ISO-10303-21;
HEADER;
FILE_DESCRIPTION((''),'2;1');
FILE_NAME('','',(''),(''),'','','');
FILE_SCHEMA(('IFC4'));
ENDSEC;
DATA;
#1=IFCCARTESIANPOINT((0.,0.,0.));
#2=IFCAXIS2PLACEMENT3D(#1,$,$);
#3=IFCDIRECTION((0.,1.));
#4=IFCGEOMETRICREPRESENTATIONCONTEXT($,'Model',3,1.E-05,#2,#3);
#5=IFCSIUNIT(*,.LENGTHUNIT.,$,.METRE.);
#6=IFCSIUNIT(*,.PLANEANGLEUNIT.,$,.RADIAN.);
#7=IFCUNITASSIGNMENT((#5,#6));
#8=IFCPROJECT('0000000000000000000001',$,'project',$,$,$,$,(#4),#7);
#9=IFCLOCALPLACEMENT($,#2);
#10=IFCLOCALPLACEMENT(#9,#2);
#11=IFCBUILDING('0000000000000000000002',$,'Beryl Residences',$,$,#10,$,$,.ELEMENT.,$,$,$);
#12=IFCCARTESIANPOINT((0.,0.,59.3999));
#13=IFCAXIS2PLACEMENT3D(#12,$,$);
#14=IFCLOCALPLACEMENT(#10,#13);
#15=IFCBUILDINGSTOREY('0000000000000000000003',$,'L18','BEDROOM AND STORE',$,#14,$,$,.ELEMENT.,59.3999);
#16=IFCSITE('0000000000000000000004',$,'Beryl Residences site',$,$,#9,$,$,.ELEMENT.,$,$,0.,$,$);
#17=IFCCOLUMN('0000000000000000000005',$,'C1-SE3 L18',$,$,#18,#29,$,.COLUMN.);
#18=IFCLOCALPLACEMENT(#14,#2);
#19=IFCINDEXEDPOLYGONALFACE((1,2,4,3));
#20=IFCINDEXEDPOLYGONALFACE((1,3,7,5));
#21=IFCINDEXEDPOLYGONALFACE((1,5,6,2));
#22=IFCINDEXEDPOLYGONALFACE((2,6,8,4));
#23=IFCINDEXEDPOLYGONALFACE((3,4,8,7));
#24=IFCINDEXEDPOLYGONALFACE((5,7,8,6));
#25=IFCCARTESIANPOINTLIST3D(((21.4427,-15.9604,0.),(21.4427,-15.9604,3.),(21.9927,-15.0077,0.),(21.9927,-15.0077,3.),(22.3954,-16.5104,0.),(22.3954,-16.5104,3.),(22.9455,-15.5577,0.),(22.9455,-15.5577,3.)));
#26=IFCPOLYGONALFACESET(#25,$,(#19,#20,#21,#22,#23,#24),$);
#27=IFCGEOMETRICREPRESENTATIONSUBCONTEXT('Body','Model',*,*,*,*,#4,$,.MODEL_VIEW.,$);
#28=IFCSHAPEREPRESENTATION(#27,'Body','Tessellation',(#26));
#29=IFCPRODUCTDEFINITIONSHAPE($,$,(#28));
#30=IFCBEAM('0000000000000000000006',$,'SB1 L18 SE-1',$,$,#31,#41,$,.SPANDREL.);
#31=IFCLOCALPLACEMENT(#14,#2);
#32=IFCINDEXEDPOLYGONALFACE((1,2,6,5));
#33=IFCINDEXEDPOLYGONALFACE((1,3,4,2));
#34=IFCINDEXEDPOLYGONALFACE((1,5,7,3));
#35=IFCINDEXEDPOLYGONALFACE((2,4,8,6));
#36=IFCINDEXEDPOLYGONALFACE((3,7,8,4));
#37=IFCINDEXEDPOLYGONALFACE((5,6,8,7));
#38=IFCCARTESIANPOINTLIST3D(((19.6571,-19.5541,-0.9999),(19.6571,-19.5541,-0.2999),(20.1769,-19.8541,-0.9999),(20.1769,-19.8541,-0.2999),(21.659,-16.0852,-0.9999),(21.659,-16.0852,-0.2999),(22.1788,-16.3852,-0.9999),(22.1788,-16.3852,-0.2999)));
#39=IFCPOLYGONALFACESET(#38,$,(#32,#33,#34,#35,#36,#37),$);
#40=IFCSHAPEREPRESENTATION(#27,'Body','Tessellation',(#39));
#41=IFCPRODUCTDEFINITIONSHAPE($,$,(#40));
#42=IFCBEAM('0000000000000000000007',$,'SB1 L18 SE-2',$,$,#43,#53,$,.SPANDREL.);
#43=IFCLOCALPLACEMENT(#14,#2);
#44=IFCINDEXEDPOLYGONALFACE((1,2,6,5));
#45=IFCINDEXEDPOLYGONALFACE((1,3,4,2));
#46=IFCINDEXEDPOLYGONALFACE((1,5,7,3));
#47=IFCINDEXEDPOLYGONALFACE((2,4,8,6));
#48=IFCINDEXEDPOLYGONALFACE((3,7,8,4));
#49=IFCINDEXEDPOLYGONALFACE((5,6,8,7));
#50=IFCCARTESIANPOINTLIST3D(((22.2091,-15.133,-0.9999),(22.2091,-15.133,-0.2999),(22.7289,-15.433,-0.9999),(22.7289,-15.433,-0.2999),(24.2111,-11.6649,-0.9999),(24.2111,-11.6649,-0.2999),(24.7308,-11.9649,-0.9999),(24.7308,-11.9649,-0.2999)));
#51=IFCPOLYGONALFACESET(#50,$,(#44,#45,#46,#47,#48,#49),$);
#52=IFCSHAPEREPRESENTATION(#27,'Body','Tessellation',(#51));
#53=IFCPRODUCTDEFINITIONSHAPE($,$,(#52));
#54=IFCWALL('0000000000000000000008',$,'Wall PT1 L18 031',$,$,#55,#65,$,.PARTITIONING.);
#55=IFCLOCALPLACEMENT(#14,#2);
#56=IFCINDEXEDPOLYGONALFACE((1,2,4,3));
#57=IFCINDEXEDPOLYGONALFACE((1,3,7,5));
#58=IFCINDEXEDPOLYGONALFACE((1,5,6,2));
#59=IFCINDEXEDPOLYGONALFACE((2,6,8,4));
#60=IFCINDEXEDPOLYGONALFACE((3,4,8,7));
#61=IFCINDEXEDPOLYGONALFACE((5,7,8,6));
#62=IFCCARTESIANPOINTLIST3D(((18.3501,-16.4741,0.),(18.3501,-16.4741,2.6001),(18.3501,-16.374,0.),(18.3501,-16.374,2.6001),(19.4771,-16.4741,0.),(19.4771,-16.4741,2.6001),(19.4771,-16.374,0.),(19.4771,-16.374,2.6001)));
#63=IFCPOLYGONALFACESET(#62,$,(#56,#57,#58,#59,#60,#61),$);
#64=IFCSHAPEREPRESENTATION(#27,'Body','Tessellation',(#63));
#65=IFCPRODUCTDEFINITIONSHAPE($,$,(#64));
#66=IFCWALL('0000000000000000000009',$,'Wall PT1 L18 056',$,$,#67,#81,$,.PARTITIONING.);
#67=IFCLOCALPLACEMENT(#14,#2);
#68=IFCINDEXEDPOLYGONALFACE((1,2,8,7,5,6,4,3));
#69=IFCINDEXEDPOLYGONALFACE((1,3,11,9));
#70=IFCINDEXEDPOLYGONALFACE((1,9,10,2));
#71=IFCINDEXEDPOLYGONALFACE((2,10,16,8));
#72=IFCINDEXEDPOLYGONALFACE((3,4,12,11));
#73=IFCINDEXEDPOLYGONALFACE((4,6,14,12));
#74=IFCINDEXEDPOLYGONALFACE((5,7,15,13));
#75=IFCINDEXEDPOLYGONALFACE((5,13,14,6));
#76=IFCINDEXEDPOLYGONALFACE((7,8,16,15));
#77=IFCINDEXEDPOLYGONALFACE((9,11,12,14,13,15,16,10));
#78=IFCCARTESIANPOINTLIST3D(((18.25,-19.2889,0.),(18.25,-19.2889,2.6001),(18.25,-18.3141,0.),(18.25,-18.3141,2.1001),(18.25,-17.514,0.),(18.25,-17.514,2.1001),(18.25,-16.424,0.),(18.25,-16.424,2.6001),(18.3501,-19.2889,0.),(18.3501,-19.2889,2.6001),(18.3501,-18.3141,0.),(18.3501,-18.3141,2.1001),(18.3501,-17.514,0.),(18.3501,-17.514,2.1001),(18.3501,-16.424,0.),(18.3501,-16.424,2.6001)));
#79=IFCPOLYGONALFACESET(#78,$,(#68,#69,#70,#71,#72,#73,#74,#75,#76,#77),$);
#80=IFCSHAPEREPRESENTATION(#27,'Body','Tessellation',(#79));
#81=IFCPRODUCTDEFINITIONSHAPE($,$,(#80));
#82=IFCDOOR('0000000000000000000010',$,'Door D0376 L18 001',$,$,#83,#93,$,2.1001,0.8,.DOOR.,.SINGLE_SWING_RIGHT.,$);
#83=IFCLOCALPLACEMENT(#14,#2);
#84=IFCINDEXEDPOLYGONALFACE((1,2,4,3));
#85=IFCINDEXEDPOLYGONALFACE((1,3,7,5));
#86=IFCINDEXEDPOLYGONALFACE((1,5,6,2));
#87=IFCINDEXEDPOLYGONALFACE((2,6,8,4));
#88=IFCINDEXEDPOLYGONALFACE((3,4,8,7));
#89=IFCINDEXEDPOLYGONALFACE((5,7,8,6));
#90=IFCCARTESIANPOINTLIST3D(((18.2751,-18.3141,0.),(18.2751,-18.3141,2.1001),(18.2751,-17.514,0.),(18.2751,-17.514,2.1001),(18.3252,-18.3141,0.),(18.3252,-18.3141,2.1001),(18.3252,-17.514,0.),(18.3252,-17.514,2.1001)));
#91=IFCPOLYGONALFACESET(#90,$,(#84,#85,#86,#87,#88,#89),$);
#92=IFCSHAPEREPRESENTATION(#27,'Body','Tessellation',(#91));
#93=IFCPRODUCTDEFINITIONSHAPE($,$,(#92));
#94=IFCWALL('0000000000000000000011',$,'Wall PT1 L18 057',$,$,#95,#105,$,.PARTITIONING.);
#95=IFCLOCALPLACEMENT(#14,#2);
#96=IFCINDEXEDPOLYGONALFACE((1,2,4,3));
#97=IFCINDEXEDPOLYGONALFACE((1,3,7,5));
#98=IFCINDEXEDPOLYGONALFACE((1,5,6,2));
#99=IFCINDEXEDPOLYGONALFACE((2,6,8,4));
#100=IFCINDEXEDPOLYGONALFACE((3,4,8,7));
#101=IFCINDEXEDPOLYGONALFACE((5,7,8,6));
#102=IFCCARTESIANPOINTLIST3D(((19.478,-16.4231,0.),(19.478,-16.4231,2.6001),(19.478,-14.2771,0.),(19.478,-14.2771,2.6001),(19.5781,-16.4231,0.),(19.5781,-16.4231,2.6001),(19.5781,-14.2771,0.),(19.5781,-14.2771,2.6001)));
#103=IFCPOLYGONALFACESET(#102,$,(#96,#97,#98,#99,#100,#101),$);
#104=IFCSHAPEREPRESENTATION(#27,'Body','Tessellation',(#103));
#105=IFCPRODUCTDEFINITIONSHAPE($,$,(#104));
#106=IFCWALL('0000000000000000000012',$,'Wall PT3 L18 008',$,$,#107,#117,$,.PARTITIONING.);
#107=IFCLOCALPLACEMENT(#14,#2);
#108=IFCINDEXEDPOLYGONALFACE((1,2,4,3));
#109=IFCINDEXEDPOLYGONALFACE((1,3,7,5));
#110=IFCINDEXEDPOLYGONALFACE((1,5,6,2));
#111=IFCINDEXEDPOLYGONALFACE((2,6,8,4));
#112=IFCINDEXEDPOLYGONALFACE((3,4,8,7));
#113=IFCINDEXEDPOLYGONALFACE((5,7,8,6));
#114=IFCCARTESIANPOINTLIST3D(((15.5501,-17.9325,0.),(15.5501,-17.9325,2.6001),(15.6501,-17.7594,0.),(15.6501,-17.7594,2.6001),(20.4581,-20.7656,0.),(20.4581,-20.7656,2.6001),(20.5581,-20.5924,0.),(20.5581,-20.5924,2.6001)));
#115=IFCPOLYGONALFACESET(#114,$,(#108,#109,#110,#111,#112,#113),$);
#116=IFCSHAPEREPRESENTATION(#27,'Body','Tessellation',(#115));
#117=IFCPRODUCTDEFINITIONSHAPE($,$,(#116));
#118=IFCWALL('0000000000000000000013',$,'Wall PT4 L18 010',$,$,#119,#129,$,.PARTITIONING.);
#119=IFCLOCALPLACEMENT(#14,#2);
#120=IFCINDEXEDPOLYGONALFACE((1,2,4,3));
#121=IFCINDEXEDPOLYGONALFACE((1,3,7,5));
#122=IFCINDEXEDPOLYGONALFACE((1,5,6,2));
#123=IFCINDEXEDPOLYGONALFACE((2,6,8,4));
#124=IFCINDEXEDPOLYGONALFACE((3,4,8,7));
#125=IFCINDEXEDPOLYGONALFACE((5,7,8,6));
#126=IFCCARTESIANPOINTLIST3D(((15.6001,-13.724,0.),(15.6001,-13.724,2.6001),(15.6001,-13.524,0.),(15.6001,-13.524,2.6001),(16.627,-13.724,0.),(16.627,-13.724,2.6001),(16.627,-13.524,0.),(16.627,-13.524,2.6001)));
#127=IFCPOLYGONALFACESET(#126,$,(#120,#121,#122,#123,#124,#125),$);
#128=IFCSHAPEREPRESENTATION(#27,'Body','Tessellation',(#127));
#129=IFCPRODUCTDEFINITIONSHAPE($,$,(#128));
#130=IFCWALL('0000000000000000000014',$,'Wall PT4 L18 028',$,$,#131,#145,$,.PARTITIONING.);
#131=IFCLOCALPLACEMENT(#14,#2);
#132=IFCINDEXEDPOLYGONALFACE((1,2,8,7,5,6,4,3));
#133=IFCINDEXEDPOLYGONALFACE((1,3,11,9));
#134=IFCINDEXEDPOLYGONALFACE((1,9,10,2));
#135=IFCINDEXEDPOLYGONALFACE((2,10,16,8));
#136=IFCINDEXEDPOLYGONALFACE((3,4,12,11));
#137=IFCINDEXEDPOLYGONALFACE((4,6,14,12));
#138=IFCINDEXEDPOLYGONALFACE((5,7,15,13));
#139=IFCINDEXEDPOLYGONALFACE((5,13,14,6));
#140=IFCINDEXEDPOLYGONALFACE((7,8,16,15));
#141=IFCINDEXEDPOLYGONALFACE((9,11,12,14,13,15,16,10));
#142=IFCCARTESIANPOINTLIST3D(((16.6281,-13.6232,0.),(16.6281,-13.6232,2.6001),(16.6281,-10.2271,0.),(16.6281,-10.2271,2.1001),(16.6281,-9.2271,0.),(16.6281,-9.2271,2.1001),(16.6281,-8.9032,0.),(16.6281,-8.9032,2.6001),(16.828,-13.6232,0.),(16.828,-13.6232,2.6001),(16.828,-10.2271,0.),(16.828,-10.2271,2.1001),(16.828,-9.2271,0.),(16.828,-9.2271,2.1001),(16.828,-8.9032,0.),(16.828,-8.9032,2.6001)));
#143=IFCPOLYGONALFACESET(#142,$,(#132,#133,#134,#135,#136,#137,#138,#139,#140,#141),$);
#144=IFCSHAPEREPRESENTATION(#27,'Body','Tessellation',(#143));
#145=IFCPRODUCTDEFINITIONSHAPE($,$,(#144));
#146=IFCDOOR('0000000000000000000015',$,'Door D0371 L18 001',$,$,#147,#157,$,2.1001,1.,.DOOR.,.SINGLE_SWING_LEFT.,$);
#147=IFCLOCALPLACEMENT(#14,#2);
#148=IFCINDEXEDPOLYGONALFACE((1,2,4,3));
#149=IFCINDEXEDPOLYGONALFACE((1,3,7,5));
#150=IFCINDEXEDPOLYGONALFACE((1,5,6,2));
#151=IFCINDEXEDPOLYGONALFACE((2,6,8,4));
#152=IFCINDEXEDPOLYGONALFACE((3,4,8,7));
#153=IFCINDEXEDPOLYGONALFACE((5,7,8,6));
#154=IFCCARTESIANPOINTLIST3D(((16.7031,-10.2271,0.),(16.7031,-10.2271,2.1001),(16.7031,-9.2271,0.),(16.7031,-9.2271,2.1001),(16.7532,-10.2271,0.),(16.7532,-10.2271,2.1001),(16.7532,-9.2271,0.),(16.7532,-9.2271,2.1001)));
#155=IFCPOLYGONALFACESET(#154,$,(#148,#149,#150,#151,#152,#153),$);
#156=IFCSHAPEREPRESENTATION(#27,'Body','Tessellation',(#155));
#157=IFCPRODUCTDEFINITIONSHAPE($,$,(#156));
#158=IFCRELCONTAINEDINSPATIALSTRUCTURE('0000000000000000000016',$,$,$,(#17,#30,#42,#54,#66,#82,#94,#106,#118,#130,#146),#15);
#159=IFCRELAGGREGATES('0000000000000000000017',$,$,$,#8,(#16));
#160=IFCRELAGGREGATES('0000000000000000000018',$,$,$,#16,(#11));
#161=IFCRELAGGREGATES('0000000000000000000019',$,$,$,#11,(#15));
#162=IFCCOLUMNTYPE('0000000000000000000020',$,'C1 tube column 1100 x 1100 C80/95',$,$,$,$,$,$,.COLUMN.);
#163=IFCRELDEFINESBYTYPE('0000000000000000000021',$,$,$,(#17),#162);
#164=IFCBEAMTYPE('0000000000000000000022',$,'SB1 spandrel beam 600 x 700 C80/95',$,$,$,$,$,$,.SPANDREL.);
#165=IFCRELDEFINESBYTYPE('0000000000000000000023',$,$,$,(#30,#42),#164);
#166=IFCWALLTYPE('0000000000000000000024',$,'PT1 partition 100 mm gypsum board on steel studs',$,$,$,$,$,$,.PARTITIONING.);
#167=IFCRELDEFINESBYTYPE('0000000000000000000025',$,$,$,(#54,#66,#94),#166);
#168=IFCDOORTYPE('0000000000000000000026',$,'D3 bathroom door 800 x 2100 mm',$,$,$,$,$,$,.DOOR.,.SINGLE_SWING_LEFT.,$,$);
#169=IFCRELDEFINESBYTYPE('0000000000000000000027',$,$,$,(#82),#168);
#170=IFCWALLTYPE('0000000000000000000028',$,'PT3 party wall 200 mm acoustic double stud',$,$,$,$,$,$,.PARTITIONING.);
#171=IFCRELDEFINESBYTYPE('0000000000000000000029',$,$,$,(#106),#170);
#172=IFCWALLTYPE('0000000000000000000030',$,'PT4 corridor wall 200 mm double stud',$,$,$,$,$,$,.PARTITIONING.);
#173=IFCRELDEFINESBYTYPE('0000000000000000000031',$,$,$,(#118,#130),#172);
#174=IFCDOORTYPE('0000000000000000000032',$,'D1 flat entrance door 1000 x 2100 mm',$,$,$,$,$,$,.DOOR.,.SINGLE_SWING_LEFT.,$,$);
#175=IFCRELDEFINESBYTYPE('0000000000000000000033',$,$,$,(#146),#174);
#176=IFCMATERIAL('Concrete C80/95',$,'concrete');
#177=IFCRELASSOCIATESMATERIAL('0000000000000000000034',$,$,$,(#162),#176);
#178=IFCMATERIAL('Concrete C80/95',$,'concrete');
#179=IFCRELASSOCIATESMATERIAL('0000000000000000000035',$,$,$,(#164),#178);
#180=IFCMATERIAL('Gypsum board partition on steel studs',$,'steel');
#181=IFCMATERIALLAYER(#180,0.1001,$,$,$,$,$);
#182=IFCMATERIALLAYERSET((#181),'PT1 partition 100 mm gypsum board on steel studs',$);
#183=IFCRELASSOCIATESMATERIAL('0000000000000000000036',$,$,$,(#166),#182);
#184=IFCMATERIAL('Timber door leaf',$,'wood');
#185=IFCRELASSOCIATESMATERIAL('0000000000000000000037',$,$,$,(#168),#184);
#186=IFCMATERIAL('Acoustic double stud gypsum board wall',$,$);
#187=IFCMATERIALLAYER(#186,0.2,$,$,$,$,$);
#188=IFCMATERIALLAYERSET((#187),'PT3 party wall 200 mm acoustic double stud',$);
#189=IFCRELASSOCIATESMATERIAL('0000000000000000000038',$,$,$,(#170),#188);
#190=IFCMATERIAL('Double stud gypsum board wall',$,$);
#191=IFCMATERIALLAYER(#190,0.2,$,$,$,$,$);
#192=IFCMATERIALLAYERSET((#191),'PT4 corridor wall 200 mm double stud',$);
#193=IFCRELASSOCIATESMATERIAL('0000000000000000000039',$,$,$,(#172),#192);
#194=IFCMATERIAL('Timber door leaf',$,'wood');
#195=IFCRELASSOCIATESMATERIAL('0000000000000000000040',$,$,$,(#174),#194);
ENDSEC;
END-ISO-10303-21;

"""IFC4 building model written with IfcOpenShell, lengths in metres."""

from ifc_helpers import new_model, si_unit, direction, frame, frame_2d, origin, origin_2d, place, context, subcontext, project, spatial, rectangle, extrude, material, layer, layer_set, material_profile, profile_set, type_object, element, fill, save


model = new_model("IFC4")

# Units and contexts
model_context = context("Model", 3, precision=1e-05, world=origin(), true_north=direction((0.0, 1.0)))
body_context = subcontext(model_context, "Body", "Model", "MODEL_VIEW")
ifc_project = project(units=[si_unit("LENGTHUNIT", "METRE"), si_unit("PLANEANGLEUNIT", "RADIAN")], contexts=[model_context])

# Site, building, storey
site_placement = place(None, origin())
site = spatial("IfcSite", under=ifc_project, at=site_placement, Name="Beryl Residences site", CompositionType="ELEMENT", RefElevation=0.0)
building_placement = place(site_placement, origin())
building = spatial("IfcBuilding", under=site, at=building_placement, Name="Beryl Residences", CompositionType="ELEMENT")
storey_placement = place(building_placement, frame((0.0, 0.0, 59.3999)))
storey = spatial("IfcBuildingStorey", under=building, at=storey_placement, Name="L18", Description="BEDROOM AND STORE", CompositionType="ELEMENT", Elevation=59.3999)

# Column
ifc_material_1 = material(Name="Concrete C80/95", Category="concrete")
ifc_material_profile_1 = material_profile(ifc_material_1, rectangle(XDim=1.1001, YDim=1.1001, at=origin_2d()))
ifc_profile_set_1 = profile_set([ifc_material_profile_1], Name="Concrete C80/95")
column_type = type_object("IfcColumnType", Name="C1 tube column 1100 x 1100 C80/95", PredefinedType="COLUMN", material=ifc_profile_set_1)
column_placement = place(storey_placement, frame((22.1941, -15.759, 0.0), z_axis=(0.0, 0.0, 1.0), x_axis=(0.499985, 0.866034, 0.0)))
element("IfcColumn", 1, at=column_placement, inside=storey, type_object=column_type, Name="C1-SE3 L18", PredefinedType="COLUMN", context=body_context, shape_type="SweptSolid", body=[
    extrude(rectangle(XDim=1.1001, YDim=1.1001, at=origin_2d()), origin(), (0.0, 0.0, 1.0), 3.0),
])

# Beams
ifc_material_2 = material(Name="Concrete C80/95", Category="concrete")
ifc_material_profile_2 = material_profile(ifc_material_2, rectangle(XDim=0.6001, YDim=0.7, at=origin_2d()))
ifc_profile_set_2 = profile_set([ifc_material_profile_2], Name="Concrete C80/95")
beam_type = type_object("IfcBeamType", Name="SB1 spandrel beam 600 x 700 C80/95", PredefinedType="SPANDREL", material=ifc_profile_set_2)
beam_1_placement = place(storey_placement, frame((19.917, -19.7041, -0.6499), z_axis=(0.499837, 0.86612, 0.0), x_axis=(-0.86612, 0.499837, 0.0)))
element("IfcBeam", 2, at=beam_1_placement, inside=storey, type_object=beam_type, Name="SB1 L18 SE-1", PredefinedType="SPANDREL", context=body_context, shape_type="SweptSolid", body=[
    extrude(rectangle(XDim=0.6001, YDim=0.7, at=origin_2d()), origin(), (0.0, 0.0, 1.0), 4.0051),
])
beam_2_placement = place(storey_placement, frame((22.469, -15.283, -0.6499), z_axis=(0.499942, 0.866059, 0.0), x_axis=(-0.866059, 0.499942, 0.0)))
element("IfcBeam", 3, at=beam_2_placement, inside=storey, type_object=beam_type, Name="SB1 L18 SE-2", PredefinedType="SPANDREL", context=body_context, shape_type="SweptSolid", body=[
    extrude(rectangle(XDim=0.6001, YDim=0.7, at=origin_2d()), origin(), (0.0, 0.0, 1.0), 4.0044),
])

# Wall
ifc_material_3 = material(Name="Gypsum board partition on steel studs", Category="steel")
ifc_layer_1 = layer(ifc_material_3, 0.1001)
ifc_layer_set_1 = layer_set([ifc_layer_1], Name="PT1 partition 100 mm gypsum board on steel studs")
wall_type_1 = type_object("IfcWallType", Name="PT1 partition 100 mm gypsum board on steel studs", PredefinedType="PARTITIONING", material=ifc_layer_set_1)
wall_1_placement = place(storey_placement, frame((18.3501, -16.4241, 0.0), z_axis=(0.0, 0.0, 1.0), x_axis=(1.0, 0.0, 0.0)))
element("IfcWall", 4, at=wall_1_placement, inside=storey, type_object=wall_type_1, Name="Wall PT1 L18 031", PredefinedType="PARTITIONING", context=body_context, shape_type="SweptSolid", body=[
    extrude(rectangle(XDim=1.127, YDim=0.1001, at=frame_2d((0.5635, 0.0))), origin(), (0.0, 0.0, 1.0), 2.6001),
])

# Wall, opening, door
wall_2_placement = place(storey_placement, frame((18.3, -19.2891, 0.0), z_axis=(0.0, 0.0, 1.0), x_axis=(0.0, 1.0, 0.0)))
wall_2 = element("IfcWall", 5, at=wall_2_placement, inside=storey, type_object=wall_type_1, Name="Wall PT1 L18 056", PredefinedType="PARTITIONING", context=body_context, shape_type="SweptSolid", body=[
    extrude(rectangle(XDim=2.865, YDim=0.1001, at=frame_2d((1.4326, 0.0))), origin(), (0.0, 0.0, 1.0), 2.6001),
])
opening_1_placement = place(wall_2_placement, frame((0.9751, 0.0, 0.0)))
opening_1 = element("IfcOpeningElement", 6, at=opening_1_placement, cuts=wall_2, PredefinedType="OPENING", context=body_context, shape_type="SweptSolid", body=[
    extrude(rectangle(XDim=0.8, YDim=2.1001, at=frame_2d((0.3999, 1.05))), frame((0.0, 0.0601, 0.0), z_axis=(0.0, -1.0, 0.0), x_axis=(1.0, 0.0, 0.0)), (0.0, 0.0, 1.0), 0.1201),
])
ifc_material_4 = material(Name="Timber door leaf", Category="wood")
door_type_1 = type_object("IfcDoorType", Name="D3 bathroom door 800 x 2100 mm", OperationType="SINGLE_SWING_LEFT", PredefinedType="DOOR", material=ifc_material_4)
door_1_placement = place(opening_1_placement, origin())
door_1 = element("IfcDoor", 7, at=door_1_placement, inside=storey, type_object=door_type_1, Name="Door D0376 L18 001", OperationType="SINGLE_SWING_RIGHT", OverallHeight=2.1001, OverallWidth=0.8, PredefinedType="DOOR", context=body_context, shape_type="SweptSolid", body=[
    extrude(rectangle(XDim=0.8, YDim=2.1001, at=frame_2d((0.3999, 1.05))), frame((0.0, 0.0249, 0.0), z_axis=(0.0, -1.0, 0.0), x_axis=(1.0, 0.0, 0.0)), (0.0, 0.0, 1.0), 0.05),
])
fill(opening_1, door_1)

# Walls
wall_3_placement = place(storey_placement, frame((19.5281, -16.4231, 0.0), z_axis=(0.0, 0.0, 1.0), x_axis=(0.0, 1.0, 0.0)))
element("IfcWall", 8, at=wall_3_placement, inside=storey, type_object=wall_type_1, Name="Wall PT1 L18 057", PredefinedType="PARTITIONING", context=body_context, shape_type="SweptSolid", body=[
    extrude(rectangle(XDim=2.146, YDim=0.1001, at=frame_2d((1.073, 0.0))), origin(), (0.0, 0.0, 1.0), 2.6001),
])
ifc_material_5 = material(Name="Acoustic double stud gypsum board wall")
ifc_layer_2 = layer(ifc_material_5, 0.2)
ifc_layer_set_2 = layer_set([ifc_layer_2], Name="PT3 party wall 200 mm acoustic double stud")
wall_type_2 = type_object("IfcWallType", Name="PT3 party wall 200 mm acoustic double stud", PredefinedType="PARTITIONING", material=ifc_layer_set_2)
wall_4_placement = place(storey_placement, frame((15.6001, -17.8459, 0.0), z_axis=(0.0, 0.0, 1.0), x_axis=(0.866072, -0.49992, 0.0)))
element("IfcWall", 9, at=wall_4_placement, inside=storey, type_object=wall_type_2, Name="Wall PT3 L18 008", PredefinedType="PARTITIONING", context=body_context, shape_type="SweptSolid", body=[
    extrude(rectangle(XDim=5.667, YDim=0.2, at=frame_2d((2.8335, 0.0))), origin(), (0.0, 0.0, 1.0), 2.6001),
])
ifc_material_6 = material(Name="Double stud gypsum board wall")
ifc_layer_3 = layer(ifc_material_6, 0.2)
ifc_layer_set_3 = layer_set([ifc_layer_3], Name="PT4 corridor wall 200 mm double stud")
wall_type_3 = type_object("IfcWallType", Name="PT4 corridor wall 200 mm double stud", PredefinedType="PARTITIONING", material=ifc_layer_set_3)
wall_5_placement = place(storey_placement, frame((15.6001, -13.624, 0.0), z_axis=(0.0, 0.0, 1.0), x_axis=(1.0, 0.0, 0.0)))
element("IfcWall", 10, at=wall_5_placement, inside=storey, type_object=wall_type_3, Name="Wall PT4 L18 010", PredefinedType="PARTITIONING", context=body_context, shape_type="SweptSolid", body=[
    extrude(rectangle(XDim=1.0269, YDim=0.2, at=frame_2d((0.5134, 0.0))), origin(), (0.0, 0.0, 1.0), 2.6001),
])

# Wall, opening, door
wall_6_placement = place(storey_placement, frame((16.728, -13.623, 0.0), z_axis=(0.0, 0.0, 1.0), x_axis=(0.0, 1.0, 0.0)))
wall_6 = element("IfcWall", 11, at=wall_6_placement, inside=storey, type_object=wall_type_3, Name="Wall PT4 L18 028", PredefinedType="PARTITIONING", context=body_context, shape_type="SweptSolid", body=[
    extrude(rectangle(XDim=4.72, YDim=0.2, at=frame_2d((2.3599, 0.0))), origin(), (0.0, 0.0, 1.0), 2.6001),
])
opening_2_placement = place(wall_6_placement, frame((3.396, 0.0, 0.0)))
opening_2 = element("IfcOpeningElement", 12, at=opening_2_placement, cuts=wall_6, PredefinedType="OPENING", context=body_context, shape_type="SweptSolid", body=[
    extrude(rectangle(XDim=1.0, YDim=2.1001, at=frame_2d((0.5, 1.05))), frame((0.0, 0.1099, 0.0), z_axis=(0.0, -1.0, 0.0), x_axis=(1.0, 0.0, 0.0)), (0.0, 0.0, 1.0), 0.22),
])
ifc_material_7 = material(Name="Timber door leaf", Category="wood")
door_type_2 = type_object("IfcDoorType", Name="D1 flat entrance door 1000 x 2100 mm", OperationType="SINGLE_SWING_LEFT", PredefinedType="DOOR", material=ifc_material_7)
door_2_placement = place(opening_2_placement, origin())
door_2 = element("IfcDoor", 13, at=door_2_placement, inside=storey, type_object=door_type_2, Name="Door D0371 L18 001", OperationType="SINGLE_SWING_LEFT", OverallHeight=2.1001, OverallWidth=1.0, PredefinedType="DOOR", context=body_context, shape_type="SweptSolid", body=[
    extrude(rectangle(XDim=1.0, YDim=2.1001, at=frame_2d((0.5, 1.05))), frame((0.0, 0.0249, 0.0), z_axis=(0.0, -1.0, 0.0), x_axis=(1.0, 0.0, 0.0)), (0.0, 0.0, 1.0), 0.05),
])
fill(opening_2, door_2)

save(model, "model.ifc")
